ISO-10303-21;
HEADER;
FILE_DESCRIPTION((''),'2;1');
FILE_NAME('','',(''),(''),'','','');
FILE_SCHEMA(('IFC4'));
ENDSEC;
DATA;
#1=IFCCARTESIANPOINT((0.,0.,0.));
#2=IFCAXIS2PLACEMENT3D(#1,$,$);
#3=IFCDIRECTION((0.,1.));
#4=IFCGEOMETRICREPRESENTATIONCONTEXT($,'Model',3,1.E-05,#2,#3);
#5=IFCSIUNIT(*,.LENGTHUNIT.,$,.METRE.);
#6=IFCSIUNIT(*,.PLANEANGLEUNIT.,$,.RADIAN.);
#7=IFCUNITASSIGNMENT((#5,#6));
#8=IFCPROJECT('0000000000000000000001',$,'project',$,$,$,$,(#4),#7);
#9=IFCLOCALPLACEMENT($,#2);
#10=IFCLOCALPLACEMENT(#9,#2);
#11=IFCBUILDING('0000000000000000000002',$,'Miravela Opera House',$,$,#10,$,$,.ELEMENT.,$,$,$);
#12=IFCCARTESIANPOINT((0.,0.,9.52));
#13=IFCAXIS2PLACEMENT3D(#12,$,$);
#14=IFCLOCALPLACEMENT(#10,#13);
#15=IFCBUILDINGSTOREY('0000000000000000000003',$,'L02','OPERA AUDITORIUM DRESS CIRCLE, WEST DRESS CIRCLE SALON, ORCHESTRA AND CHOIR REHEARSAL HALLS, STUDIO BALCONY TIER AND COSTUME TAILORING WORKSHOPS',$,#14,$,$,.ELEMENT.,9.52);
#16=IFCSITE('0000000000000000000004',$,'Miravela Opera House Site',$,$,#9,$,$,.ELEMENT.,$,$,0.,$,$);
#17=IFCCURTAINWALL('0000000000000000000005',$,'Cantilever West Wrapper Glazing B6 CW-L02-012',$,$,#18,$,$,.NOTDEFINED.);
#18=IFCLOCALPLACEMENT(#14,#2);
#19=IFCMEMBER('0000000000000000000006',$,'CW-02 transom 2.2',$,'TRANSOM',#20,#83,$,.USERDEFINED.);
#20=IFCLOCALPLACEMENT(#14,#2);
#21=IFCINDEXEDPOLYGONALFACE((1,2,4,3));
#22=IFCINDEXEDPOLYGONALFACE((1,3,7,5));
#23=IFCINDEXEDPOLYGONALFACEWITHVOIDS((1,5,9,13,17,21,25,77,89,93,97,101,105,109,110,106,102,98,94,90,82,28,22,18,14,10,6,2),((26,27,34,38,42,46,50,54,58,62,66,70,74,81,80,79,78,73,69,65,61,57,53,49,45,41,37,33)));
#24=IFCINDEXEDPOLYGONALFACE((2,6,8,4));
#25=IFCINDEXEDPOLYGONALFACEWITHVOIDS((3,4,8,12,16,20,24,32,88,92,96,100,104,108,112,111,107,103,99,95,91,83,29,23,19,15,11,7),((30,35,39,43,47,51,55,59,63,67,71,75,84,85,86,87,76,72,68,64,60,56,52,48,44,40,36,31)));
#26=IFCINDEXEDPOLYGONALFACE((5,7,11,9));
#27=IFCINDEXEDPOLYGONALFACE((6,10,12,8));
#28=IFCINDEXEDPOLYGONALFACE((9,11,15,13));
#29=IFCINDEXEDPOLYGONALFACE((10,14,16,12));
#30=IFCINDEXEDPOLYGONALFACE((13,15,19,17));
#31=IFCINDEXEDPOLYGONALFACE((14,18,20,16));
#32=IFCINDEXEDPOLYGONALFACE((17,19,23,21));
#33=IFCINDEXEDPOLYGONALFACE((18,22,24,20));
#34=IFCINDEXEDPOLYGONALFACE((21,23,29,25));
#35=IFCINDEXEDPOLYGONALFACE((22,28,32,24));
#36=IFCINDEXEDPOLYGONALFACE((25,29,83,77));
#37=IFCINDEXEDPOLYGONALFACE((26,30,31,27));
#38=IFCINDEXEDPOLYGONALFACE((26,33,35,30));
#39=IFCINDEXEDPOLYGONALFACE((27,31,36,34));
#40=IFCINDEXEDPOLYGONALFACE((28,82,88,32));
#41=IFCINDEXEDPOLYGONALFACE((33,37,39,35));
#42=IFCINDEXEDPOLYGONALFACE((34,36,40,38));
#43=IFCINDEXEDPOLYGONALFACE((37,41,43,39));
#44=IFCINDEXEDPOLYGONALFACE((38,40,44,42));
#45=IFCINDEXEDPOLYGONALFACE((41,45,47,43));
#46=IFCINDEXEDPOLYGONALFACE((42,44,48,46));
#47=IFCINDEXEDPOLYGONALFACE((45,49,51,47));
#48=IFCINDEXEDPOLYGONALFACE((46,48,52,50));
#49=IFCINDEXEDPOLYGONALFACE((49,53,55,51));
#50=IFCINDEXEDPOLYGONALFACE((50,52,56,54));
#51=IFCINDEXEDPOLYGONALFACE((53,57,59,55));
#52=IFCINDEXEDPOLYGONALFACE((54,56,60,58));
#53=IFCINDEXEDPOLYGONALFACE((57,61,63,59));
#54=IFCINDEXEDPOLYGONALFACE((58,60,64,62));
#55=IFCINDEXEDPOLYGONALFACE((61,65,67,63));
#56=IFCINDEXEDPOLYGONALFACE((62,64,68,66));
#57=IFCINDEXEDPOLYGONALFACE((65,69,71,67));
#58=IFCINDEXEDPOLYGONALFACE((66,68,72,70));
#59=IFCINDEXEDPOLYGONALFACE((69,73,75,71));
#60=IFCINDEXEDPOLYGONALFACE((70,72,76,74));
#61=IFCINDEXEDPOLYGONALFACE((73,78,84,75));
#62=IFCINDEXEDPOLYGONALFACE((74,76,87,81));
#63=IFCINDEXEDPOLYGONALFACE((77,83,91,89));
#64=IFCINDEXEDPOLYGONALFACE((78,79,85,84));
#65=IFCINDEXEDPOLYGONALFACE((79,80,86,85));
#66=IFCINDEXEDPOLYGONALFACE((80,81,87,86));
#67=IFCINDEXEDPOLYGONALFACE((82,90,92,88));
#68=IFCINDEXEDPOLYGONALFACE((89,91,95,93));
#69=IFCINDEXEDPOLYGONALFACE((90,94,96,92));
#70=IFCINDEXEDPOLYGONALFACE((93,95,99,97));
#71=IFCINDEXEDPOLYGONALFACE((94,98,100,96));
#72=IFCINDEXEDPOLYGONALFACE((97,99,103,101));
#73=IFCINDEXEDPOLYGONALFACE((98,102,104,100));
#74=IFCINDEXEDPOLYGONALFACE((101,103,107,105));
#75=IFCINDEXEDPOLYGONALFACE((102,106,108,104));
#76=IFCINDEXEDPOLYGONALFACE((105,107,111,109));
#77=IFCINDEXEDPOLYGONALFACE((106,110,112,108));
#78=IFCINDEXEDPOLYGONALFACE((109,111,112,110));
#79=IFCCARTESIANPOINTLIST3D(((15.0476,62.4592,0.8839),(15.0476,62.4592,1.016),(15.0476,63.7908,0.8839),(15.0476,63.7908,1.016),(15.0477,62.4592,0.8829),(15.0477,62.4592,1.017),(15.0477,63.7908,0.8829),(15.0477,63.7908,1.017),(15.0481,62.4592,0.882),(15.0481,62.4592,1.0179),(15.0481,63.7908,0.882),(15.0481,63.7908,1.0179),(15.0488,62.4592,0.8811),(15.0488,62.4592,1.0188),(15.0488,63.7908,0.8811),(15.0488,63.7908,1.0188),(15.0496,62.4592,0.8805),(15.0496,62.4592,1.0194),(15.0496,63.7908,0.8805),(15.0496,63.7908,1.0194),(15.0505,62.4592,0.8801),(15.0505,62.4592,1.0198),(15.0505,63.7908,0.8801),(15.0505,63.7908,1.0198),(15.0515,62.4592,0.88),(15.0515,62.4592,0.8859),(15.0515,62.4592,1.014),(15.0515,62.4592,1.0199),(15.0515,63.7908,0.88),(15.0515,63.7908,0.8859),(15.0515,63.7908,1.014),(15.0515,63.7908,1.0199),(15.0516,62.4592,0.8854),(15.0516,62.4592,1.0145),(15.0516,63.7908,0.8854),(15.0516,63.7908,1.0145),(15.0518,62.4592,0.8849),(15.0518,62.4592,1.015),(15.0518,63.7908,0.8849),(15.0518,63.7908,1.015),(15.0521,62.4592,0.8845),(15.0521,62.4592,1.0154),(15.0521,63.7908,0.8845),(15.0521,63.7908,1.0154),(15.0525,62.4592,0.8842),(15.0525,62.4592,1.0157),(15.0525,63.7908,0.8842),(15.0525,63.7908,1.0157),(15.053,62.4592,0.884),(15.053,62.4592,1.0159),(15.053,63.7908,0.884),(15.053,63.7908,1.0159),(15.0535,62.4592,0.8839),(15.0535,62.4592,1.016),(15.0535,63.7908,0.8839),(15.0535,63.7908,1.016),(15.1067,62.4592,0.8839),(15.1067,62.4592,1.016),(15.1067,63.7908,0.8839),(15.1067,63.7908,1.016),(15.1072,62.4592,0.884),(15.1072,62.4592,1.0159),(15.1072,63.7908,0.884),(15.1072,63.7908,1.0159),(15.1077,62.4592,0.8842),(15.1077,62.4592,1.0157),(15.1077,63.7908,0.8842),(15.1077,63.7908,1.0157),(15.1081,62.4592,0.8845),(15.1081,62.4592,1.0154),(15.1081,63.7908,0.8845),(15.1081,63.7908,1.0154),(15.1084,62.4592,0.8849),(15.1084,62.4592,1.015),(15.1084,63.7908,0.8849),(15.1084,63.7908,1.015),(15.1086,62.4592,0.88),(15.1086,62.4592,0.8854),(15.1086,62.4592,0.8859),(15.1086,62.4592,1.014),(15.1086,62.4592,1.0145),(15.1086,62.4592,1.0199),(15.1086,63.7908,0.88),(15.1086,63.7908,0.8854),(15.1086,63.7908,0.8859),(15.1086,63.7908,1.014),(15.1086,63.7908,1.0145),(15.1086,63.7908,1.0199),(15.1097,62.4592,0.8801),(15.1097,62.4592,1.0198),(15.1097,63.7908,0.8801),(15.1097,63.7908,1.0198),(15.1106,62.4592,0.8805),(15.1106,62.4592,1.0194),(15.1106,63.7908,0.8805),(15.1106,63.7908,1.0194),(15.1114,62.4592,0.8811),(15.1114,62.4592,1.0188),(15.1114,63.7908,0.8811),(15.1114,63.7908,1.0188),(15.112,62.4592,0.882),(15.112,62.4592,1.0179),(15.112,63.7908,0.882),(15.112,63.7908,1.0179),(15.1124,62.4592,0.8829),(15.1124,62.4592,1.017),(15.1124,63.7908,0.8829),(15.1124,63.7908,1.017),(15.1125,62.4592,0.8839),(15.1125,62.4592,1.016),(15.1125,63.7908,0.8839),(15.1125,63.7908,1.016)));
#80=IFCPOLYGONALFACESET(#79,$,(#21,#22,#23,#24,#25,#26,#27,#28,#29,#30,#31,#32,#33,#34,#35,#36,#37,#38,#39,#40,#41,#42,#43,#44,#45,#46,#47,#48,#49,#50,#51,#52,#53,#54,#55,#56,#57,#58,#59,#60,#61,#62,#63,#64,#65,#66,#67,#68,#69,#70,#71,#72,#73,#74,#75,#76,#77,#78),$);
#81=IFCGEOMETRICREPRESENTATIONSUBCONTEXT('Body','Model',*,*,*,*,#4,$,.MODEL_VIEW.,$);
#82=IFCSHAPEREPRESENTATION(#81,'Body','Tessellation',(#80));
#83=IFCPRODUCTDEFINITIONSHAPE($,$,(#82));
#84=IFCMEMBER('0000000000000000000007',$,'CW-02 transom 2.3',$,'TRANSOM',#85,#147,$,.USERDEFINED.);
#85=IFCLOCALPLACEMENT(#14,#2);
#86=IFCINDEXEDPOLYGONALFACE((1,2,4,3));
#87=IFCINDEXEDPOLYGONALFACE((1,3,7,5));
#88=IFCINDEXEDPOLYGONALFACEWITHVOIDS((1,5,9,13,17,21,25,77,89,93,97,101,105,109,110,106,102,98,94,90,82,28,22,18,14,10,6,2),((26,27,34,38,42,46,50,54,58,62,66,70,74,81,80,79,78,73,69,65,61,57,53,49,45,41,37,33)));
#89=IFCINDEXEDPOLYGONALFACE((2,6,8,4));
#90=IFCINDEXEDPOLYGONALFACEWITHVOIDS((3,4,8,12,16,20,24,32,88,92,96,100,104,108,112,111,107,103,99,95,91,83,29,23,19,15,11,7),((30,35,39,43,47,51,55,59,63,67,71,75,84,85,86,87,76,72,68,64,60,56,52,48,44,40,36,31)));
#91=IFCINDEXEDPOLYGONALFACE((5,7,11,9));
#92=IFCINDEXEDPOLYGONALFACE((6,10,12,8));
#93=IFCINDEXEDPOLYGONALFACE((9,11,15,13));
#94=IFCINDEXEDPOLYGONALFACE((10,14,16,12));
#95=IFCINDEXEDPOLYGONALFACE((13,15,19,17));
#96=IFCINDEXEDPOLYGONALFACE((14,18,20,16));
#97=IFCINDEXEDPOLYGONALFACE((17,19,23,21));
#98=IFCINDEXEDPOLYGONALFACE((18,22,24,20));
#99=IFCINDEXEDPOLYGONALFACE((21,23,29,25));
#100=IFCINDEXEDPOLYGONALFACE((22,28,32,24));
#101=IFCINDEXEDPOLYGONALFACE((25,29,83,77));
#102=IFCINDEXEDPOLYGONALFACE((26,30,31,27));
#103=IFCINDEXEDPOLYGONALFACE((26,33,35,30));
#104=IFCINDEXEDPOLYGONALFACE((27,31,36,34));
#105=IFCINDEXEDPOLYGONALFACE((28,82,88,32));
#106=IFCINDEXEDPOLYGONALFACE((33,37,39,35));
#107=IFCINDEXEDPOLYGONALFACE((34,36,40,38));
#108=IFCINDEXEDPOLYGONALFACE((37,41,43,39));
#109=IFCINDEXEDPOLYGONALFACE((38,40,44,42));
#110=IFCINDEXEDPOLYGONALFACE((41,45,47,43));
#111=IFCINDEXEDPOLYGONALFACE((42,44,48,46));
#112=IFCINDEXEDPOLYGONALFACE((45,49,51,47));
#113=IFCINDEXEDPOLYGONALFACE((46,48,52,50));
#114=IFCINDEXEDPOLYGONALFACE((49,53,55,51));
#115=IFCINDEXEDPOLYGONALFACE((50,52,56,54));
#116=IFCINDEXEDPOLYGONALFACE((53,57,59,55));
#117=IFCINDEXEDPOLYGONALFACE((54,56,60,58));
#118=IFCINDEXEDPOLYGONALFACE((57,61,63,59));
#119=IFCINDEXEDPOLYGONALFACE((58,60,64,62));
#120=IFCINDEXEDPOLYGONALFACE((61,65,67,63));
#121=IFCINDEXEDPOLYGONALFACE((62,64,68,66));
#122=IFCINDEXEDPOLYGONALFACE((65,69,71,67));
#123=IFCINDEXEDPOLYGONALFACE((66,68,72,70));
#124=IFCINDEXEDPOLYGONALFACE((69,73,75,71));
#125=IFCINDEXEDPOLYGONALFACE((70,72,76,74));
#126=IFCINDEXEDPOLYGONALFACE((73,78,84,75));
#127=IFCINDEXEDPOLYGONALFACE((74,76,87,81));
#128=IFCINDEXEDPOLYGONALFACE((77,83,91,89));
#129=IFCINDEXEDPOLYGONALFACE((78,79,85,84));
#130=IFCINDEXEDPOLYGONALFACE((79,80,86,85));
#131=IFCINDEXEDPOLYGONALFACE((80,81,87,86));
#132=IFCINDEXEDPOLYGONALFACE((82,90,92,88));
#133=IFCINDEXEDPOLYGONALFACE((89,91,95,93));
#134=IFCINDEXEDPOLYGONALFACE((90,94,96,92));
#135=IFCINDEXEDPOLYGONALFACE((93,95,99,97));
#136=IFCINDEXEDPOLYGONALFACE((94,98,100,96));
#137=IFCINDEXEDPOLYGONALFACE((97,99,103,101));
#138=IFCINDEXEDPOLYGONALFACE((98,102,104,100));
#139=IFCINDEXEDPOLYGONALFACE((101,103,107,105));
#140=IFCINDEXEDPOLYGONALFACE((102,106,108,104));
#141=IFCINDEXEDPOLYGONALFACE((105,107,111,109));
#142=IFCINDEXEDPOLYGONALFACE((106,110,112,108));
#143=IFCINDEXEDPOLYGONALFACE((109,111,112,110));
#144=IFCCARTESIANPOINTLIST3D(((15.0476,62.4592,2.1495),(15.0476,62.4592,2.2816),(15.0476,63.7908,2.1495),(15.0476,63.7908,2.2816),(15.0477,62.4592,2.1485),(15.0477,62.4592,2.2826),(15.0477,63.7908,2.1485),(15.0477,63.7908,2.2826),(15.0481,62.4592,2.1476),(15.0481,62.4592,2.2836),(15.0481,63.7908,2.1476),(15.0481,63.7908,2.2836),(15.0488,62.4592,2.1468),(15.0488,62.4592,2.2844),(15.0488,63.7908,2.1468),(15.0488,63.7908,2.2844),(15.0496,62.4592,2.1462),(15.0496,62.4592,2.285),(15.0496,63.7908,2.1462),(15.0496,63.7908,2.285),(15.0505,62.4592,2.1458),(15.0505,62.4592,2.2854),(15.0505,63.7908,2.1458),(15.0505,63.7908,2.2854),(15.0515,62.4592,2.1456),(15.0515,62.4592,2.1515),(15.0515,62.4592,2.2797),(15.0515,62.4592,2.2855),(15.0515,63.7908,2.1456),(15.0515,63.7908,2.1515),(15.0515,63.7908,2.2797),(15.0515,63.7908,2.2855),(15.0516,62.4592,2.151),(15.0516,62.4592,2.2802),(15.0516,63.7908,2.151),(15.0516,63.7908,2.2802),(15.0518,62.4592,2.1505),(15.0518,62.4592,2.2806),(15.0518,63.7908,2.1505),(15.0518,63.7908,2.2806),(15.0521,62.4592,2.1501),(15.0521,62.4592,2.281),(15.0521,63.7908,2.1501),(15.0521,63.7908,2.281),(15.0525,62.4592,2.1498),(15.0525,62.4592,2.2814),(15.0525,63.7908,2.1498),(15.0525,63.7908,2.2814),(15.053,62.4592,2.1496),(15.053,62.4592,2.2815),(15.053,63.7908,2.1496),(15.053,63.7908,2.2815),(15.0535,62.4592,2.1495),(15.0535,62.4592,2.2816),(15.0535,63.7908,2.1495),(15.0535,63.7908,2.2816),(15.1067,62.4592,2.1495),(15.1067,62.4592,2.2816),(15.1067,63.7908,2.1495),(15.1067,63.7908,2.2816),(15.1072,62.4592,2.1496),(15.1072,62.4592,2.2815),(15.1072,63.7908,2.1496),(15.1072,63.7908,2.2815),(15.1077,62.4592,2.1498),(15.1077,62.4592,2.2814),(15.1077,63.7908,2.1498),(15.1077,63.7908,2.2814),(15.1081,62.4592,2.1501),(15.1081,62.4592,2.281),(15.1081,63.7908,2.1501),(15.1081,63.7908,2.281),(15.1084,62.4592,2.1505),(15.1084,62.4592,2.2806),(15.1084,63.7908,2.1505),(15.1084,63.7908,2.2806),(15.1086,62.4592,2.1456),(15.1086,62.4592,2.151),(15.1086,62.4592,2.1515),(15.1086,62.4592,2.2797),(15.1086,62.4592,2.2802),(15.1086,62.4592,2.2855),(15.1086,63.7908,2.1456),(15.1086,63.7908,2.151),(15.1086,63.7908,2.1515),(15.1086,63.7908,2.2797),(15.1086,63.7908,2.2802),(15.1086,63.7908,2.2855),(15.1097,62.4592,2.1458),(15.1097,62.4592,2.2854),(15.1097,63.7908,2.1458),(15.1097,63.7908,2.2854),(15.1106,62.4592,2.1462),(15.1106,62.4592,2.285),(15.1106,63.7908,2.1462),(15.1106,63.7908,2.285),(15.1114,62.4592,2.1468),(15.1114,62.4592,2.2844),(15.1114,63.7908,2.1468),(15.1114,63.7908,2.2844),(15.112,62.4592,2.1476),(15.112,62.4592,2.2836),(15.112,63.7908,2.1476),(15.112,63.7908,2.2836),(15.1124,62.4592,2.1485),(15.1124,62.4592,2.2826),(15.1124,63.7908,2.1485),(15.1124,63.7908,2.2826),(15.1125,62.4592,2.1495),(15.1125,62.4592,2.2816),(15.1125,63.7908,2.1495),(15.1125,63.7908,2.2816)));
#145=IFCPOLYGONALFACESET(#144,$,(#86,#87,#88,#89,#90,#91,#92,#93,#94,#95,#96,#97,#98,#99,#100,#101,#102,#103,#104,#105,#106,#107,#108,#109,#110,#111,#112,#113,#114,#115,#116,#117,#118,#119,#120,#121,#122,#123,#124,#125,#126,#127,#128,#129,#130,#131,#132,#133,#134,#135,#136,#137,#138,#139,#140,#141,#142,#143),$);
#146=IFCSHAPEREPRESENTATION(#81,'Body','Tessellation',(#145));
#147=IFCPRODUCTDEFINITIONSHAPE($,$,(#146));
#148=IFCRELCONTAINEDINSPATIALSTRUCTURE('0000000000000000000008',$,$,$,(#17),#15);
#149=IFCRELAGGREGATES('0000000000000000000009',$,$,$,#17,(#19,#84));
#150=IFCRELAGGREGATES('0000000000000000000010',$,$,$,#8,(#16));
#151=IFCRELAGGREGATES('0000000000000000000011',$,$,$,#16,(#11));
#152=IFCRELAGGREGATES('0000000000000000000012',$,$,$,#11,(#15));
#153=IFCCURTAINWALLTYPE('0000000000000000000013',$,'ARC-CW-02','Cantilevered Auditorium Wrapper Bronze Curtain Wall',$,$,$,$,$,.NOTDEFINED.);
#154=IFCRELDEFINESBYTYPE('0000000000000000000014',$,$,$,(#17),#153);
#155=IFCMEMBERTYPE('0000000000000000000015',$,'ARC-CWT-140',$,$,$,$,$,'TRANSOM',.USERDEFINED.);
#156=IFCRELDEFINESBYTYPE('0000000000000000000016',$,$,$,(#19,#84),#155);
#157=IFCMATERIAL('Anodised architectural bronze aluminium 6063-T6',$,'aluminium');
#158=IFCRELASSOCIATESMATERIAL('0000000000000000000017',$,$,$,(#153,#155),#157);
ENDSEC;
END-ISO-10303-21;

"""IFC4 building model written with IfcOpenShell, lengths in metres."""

from ifc_helpers import new_model, si_unit, direction, frame, origin, origin_2d, place, context, subcontext, project, spatial, hollow_rectangle, extrude, material, material_profile, profile_set, type_object, element, aggregate, save


model = new_model("IFC4")

# Units and contexts
model_context = context("Model", 3, precision=1e-05, world=origin(), true_north=direction((0.0, 1.0)))
body_context = subcontext(model_context, "Body", "Model", "MODEL_VIEW")
ifc_project = project(units=[si_unit("LENGTHUNIT", "METRE"), si_unit("PLANEANGLEUNIT", "RADIAN")], contexts=[model_context])

# Site, building, storey
site_placement = place(None, origin())
site = spatial("IfcSite", under=ifc_project, at=site_placement, Name="Miravela Opera House Site", CompositionType="ELEMENT", RefElevation=0.0)
building_placement = place(site_placement, origin())
building = spatial("IfcBuilding", under=site, at=building_placement, Name="Miravela Opera House", CompositionType="ELEMENT")
storey_placement = place(building_placement, frame((0.0, 0.0, 9.52)))
storey = spatial("IfcBuildingStorey", under=building, at=storey_placement, Name="L02", Description="OPERA AUDITORIUM DRESS CIRCLE, WEST DRESS CIRCLE SALON, ORCHESTRA AND CHOIR REHEARSAL HALLS, STUDIO BALCONY TIER AND COSTUME TAILORING WORKSHOPS", CompositionType="ELEMENT", Elevation=9.52)

# Curtain wall
ifc_material_1 = material(Name="Anodised architectural bronze aluminium 6063-T6", Category="aluminium")
curtain_wall_type = type_object("IfcCurtainWallType", Name="ARC-CW-02", Description="Cantilevered Auditorium Wrapper Bronze Curtain Wall", PredefinedType="NOTDEFINED", material=ifc_material_1)
curtain_wall_1_placement = place(storey_placement, origin())
curtain_wall_1 = element("IfcCurtainWall", 1, at=curtain_wall_1_placement, inside=storey, type_object=curtain_wall_type, Name="Cantilever West Wrapper Glazing B6 CW-L02-012", PredefinedType="NOTDEFINED")

# Members
ifc_material_profile_1 = material_profile(ifc_material_1, hollow_rectangle(XDim=0.0649, YDim=0.1399, WallThickness=0.0039, InnerFilletRadius=0.002, OuterFilletRadius=0.0039, at=origin_2d()), Name="CWT-65X140")
ifc_profile_set_1 = profile_set([ifc_material_profile_1])
member_type_1 = type_object("IfcMemberType", Name="ARC-CWT-140", ElementType="TRANSOM", PredefinedType="USERDEFINED", material=ifc_profile_set_1)
member_1_placement = place(storey_placement, frame((15.0801, 62.4592, 0.95), z_axis=(0.0, 1.0, 0.0), x_axis=(-1.0, 0.0, 0.0)))
member_1 = element("IfcMember", 2, at=member_1_placement, type_object=member_type_1, Name="CW-02 transom 2.2", ObjectType="TRANSOM", PredefinedType="USERDEFINED", context=body_context, shape_type="SweptSolid", body=[
    extrude(hollow_rectangle(XDim=0.0649, YDim=0.1399, WallThickness=0.0039, InnerFilletRadius=0.002, OuterFilletRadius=0.0039, at=origin_2d()), origin(), (0.0, 0.0, 1.0), 1.3315),
])
member_2_placement = place(storey_placement, frame((15.0801, 62.4592, 2.2156), z_axis=(0.0, 1.0, 0.0), x_axis=(-1.0, 0.0, 0.0)))
member_2 = element("IfcMember", 3, at=member_2_placement, type_object=member_type_1, Name="CW-02 transom 2.3", ObjectType="TRANSOM", PredefinedType="USERDEFINED", context=body_context, shape_type="SweptSolid", body=[
    extrude(hollow_rectangle(XDim=0.0649, YDim=0.1399, WallThickness=0.0039, InnerFilletRadius=0.002, OuterFilletRadius=0.0039, at=origin_2d()), origin(), (0.0, 0.0, 1.0), 1.3315),
])

aggregate(curtain_wall_1, [member_1, member_2])

save(model, "model.ifc")
